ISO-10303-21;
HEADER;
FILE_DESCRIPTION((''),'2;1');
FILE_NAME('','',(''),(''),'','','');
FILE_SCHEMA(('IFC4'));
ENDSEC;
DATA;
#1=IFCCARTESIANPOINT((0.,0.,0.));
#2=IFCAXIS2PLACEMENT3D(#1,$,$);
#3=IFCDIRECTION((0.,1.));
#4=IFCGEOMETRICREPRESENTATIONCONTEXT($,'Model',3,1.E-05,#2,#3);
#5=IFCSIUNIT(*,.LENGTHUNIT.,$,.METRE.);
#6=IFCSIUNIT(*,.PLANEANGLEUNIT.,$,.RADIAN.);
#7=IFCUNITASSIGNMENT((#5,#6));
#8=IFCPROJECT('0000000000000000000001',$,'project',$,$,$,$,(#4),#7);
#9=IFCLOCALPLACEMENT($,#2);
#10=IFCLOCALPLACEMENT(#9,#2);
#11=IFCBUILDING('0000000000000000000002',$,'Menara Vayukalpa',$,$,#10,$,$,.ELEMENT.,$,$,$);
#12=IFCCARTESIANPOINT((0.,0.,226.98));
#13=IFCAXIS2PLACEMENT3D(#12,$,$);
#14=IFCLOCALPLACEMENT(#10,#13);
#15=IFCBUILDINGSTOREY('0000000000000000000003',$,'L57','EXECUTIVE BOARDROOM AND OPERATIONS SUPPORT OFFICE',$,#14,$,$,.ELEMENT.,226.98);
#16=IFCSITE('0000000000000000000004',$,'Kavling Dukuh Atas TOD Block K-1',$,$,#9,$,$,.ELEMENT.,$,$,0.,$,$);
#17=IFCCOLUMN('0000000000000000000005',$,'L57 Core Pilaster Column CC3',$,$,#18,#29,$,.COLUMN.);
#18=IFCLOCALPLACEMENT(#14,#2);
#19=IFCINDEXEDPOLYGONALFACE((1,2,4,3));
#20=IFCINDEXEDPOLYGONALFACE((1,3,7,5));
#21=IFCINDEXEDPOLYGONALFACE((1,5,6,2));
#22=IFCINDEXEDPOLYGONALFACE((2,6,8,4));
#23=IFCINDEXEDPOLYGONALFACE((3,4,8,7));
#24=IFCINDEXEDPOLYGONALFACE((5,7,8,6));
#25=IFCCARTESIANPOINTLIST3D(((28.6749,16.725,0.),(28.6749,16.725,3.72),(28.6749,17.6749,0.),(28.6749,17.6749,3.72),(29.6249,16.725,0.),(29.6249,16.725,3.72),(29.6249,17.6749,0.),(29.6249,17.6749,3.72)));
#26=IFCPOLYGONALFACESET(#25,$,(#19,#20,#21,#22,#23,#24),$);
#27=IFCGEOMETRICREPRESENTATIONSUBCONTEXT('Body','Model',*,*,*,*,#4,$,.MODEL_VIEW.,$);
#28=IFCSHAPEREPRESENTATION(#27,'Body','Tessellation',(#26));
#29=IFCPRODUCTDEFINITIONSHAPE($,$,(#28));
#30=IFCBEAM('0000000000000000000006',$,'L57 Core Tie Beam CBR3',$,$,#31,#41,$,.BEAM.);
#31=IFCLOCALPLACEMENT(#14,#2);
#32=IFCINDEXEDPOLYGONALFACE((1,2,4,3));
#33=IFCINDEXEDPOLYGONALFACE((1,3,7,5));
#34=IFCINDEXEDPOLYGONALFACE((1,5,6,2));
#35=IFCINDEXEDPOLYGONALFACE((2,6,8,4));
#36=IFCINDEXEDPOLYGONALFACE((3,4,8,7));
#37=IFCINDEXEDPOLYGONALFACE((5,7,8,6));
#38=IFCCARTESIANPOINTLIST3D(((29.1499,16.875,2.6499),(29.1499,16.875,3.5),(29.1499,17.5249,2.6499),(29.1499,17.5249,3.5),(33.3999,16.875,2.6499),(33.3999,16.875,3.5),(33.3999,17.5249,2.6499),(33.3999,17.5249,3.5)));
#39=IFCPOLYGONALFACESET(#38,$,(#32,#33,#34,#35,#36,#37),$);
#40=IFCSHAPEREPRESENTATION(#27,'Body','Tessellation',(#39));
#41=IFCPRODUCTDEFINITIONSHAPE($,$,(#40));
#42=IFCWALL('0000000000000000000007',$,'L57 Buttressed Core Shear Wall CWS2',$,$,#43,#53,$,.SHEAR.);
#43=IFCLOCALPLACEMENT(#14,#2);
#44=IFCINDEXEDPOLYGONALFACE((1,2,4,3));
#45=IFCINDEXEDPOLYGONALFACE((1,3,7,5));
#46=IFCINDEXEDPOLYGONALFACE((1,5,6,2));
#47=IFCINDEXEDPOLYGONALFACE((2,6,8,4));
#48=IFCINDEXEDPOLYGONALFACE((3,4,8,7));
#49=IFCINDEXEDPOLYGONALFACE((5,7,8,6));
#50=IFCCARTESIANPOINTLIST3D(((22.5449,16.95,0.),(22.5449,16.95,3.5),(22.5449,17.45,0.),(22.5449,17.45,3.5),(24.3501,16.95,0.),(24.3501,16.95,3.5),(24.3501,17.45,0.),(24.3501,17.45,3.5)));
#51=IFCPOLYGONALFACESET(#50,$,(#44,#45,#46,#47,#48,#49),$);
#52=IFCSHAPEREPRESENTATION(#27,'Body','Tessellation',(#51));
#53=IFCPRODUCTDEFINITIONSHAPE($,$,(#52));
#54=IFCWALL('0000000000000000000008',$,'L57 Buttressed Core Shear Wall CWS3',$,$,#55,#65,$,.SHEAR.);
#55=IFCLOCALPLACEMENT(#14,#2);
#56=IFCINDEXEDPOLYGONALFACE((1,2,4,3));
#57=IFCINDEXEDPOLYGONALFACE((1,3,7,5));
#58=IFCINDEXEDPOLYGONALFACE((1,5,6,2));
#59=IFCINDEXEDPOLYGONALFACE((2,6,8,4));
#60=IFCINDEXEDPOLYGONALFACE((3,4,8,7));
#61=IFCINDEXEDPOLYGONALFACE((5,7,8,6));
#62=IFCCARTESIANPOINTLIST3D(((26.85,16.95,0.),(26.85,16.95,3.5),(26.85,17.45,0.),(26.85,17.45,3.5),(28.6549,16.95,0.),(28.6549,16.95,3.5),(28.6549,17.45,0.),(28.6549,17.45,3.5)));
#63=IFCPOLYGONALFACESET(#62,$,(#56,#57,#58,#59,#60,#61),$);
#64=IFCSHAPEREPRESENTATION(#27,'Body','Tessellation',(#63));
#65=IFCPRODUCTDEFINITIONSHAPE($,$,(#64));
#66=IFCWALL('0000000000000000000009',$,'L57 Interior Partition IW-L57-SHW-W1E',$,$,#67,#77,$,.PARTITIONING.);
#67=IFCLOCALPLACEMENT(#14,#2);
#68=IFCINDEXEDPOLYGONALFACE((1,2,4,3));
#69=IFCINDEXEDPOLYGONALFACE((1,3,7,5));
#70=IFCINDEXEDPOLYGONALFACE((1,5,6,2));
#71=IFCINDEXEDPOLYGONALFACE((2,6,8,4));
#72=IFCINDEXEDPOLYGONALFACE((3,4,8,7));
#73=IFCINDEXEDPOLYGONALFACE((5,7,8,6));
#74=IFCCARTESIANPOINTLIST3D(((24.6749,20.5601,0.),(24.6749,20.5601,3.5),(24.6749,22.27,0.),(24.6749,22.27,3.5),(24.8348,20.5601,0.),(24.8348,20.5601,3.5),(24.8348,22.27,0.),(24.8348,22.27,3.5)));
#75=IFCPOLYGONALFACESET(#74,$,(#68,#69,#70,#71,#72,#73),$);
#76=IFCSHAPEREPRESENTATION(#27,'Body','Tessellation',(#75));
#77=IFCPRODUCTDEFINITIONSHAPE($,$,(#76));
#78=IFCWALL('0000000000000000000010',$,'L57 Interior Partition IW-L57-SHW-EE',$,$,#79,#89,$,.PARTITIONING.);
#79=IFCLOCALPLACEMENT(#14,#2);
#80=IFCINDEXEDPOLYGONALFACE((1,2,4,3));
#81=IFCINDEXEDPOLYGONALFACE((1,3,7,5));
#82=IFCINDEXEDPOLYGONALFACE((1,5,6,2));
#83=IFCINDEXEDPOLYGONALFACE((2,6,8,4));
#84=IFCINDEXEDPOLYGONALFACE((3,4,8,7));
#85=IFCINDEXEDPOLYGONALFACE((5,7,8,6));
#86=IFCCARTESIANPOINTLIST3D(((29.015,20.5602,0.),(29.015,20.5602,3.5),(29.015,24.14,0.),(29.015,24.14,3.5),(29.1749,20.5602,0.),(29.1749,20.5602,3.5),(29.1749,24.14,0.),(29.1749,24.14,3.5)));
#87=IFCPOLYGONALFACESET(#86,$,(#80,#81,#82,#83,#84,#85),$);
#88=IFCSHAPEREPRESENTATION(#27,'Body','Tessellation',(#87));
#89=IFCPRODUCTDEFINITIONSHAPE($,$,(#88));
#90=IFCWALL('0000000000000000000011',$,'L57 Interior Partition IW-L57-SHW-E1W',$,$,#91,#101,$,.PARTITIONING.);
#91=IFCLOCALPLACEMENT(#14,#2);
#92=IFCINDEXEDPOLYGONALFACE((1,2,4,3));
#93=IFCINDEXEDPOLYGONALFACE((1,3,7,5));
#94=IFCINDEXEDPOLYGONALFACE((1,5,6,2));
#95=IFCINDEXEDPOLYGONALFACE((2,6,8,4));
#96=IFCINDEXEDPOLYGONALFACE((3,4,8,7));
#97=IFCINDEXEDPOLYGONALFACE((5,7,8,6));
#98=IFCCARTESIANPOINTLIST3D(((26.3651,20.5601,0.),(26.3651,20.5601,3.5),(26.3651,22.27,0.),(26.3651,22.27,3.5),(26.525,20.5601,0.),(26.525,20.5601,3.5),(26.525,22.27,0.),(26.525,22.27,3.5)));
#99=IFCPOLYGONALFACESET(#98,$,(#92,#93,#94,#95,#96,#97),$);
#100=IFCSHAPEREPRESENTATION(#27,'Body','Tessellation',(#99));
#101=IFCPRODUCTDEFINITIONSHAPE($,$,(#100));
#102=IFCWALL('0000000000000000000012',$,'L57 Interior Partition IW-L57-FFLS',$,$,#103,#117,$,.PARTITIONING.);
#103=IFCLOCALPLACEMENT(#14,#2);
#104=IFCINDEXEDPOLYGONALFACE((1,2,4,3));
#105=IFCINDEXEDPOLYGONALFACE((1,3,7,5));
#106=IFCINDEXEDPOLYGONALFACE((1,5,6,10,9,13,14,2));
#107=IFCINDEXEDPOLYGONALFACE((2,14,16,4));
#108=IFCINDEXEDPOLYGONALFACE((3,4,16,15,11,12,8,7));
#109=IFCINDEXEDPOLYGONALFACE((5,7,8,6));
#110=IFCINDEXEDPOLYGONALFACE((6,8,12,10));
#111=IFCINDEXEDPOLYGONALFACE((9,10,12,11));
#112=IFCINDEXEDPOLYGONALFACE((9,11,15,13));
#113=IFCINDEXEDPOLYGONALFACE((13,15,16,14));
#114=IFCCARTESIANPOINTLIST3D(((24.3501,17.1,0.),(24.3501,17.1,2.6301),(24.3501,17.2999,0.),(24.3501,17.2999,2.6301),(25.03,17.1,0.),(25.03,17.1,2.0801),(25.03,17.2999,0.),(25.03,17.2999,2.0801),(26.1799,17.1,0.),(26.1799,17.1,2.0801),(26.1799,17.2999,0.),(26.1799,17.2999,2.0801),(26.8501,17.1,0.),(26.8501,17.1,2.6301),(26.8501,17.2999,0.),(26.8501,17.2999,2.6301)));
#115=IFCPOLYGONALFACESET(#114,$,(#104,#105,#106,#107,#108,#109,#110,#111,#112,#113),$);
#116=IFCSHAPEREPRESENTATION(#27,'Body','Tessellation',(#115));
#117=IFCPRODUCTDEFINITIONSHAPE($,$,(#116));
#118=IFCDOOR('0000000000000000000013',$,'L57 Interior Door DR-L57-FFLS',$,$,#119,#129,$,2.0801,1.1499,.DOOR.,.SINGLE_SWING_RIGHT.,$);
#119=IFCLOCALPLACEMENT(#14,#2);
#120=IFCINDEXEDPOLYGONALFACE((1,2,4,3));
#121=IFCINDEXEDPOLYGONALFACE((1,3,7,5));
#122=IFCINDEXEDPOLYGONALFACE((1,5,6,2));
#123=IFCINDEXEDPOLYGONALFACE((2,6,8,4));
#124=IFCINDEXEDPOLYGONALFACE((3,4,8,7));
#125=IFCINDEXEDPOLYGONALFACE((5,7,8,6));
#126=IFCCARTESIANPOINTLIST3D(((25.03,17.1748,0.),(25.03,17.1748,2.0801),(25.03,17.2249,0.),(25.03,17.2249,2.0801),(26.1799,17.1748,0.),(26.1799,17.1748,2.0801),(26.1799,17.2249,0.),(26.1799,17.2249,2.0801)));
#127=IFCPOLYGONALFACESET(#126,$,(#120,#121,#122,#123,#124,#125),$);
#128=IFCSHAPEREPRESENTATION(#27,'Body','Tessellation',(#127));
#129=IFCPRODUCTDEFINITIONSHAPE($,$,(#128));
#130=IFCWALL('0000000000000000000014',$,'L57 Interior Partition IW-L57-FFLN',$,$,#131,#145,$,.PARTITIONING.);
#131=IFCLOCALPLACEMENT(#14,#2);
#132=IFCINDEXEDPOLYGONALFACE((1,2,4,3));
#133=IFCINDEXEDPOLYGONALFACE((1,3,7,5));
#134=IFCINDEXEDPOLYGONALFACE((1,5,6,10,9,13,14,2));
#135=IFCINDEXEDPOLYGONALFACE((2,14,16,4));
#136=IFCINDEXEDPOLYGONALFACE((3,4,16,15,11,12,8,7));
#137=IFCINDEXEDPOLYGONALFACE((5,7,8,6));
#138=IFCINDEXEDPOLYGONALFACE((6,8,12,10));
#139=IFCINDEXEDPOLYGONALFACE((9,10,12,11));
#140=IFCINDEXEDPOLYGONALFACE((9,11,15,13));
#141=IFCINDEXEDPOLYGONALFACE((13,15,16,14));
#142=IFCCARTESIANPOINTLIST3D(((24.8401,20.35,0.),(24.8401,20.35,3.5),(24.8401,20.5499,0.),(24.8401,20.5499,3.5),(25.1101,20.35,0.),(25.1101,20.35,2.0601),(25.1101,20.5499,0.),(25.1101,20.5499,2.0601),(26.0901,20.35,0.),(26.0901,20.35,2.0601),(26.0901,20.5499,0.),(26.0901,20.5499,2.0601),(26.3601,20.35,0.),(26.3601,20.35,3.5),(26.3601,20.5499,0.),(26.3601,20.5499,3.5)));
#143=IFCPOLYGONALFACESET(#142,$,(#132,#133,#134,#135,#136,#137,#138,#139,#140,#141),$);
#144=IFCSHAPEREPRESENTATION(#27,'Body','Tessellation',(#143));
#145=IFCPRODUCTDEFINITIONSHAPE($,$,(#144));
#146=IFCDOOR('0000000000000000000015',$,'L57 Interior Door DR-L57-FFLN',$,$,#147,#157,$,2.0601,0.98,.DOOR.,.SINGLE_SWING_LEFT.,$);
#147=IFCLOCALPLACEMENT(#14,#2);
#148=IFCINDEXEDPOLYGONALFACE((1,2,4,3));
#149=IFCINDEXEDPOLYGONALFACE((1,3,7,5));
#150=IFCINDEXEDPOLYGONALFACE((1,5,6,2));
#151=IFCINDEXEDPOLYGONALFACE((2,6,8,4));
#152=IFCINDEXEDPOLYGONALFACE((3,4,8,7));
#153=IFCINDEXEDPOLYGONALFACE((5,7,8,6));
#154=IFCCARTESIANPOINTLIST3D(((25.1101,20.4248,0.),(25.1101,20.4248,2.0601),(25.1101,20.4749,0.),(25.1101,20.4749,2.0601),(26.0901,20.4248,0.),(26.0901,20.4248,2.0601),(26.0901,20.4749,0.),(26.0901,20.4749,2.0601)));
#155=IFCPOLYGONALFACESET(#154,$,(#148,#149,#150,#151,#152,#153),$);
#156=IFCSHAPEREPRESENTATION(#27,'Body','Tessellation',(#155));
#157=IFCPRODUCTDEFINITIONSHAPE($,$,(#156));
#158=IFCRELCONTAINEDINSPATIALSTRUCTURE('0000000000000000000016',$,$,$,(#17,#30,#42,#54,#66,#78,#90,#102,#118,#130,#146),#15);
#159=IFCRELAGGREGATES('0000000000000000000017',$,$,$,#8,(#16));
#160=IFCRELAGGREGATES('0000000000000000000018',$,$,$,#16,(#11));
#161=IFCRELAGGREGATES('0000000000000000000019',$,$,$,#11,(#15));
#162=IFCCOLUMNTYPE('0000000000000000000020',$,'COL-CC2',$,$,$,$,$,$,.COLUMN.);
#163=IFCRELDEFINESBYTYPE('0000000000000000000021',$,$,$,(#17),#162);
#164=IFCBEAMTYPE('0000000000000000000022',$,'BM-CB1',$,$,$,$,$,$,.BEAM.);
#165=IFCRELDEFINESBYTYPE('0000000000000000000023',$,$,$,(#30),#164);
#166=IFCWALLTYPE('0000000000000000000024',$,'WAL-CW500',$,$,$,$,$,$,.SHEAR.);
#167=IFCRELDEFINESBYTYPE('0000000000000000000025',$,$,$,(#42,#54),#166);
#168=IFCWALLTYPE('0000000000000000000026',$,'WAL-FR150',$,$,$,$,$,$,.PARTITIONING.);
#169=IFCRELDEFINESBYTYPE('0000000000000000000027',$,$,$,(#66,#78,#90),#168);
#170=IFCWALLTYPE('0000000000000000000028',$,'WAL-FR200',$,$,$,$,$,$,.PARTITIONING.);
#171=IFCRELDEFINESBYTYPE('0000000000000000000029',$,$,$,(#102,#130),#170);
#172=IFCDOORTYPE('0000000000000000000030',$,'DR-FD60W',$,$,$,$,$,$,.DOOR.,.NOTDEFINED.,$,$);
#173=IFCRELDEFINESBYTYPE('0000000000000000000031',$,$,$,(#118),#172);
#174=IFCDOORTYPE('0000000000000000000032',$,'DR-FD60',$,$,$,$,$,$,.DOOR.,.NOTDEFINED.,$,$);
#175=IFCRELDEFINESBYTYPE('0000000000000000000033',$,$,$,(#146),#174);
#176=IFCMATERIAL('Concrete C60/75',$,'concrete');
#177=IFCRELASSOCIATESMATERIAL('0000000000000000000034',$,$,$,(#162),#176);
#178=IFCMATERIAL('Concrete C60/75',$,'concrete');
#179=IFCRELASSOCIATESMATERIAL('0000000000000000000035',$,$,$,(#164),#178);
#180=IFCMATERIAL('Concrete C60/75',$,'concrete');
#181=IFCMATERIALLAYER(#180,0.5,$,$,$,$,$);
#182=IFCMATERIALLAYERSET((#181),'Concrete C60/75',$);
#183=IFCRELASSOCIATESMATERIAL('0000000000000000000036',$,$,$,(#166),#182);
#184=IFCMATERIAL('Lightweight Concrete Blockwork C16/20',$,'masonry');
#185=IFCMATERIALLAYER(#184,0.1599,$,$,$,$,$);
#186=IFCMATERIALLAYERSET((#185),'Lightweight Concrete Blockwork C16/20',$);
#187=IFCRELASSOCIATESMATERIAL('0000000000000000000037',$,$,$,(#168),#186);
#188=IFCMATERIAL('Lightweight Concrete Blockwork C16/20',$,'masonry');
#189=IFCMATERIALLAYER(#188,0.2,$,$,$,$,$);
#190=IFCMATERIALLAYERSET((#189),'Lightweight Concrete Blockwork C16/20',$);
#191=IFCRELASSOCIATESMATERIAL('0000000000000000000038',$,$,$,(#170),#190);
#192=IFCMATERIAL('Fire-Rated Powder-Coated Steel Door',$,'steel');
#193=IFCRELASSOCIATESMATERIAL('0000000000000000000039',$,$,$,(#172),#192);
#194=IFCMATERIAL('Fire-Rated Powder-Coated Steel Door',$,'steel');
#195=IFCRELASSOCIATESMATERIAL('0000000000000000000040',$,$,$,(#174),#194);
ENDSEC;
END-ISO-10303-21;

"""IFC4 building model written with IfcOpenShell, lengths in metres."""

from ifc_helpers import new_model, si_unit, direction, frame, frame_2d, origin, origin_2d, place, context, subcontext, project, spatial, rectangle, extrude, material, layer, layer_set, material_profile, profile_set, type_object, element, fill, save


model = new_model("IFC4")

# Units and contexts
model_context = context("Model", 3, precision=1e-05, world=origin(), true_north=direction((0.0, 1.0)))
body_context = subcontext(model_context, "Body", "Model", "MODEL_VIEW")
ifc_project = project(units=[si_unit("LENGTHUNIT", "METRE"), si_unit("PLANEANGLEUNIT", "RADIAN")], contexts=[model_context])

# Site, building, storey
site_placement = place(None, origin())
site = spatial("IfcSite", under=ifc_project, at=site_placement, Name="Kavling Dukuh Atas TOD Block K-1", CompositionType="ELEMENT", RefElevation=0.0)
building_placement = place(site_placement, origin())
building = spatial("IfcBuilding", under=site, at=building_placement, Name="Menara Vayukalpa", CompositionType="ELEMENT")
storey_placement = place(building_placement, frame((0.0, 0.0, 226.98)))
storey = spatial("IfcBuildingStorey", under=building, at=storey_placement, Name="L57", Description="EXECUTIVE BOARDROOM AND OPERATIONS SUPPORT OFFICE", CompositionType="ELEMENT", Elevation=226.98)

# Column
ifc_material_1 = material(Name="Concrete C60/75", Category="concrete")
ifc_material_profile_1 = material_profile(ifc_material_1, rectangle(XDim=0.95, YDim=0.95, at=origin_2d()), Name="RC 950x950")
ifc_profile_set_1 = profile_set([ifc_material_profile_1], Name="Concrete C60/75")
column_type = type_object("IfcColumnType", Name="COL-CC2", PredefinedType="COLUMN", material=ifc_profile_set_1)
column_placement = place(storey_placement, frame((29.1499, 17.2, 0.0), z_axis=(0.0, 0.0, 1.0), x_axis=(1.0, 0.0, 0.0)))
element("IfcColumn", 1, at=column_placement, inside=storey, type_object=column_type, Name="L57 Core Pilaster Column CC3", PredefinedType="COLUMN", context=body_context, shape_type="SweptSolid", body=[
    extrude(rectangle(XDim=0.95, YDim=0.95, at=origin_2d()), origin(), (0.0, 0.0, 1.0), 3.72),
])

# Beam
ifc_material_2 = material(Name="Concrete C60/75", Category="concrete")
ifc_material_profile_2 = material_profile(ifc_material_2, rectangle(XDim=0.6499, YDim=0.8501, at=origin_2d()), Name="RC 650x850")
ifc_profile_set_2 = profile_set([ifc_material_profile_2], Name="Concrete C60/75")
beam_type = type_object("IfcBeamType", Name="BM-CB1", PredefinedType="BEAM", material=ifc_profile_set_2)
beam_placement = place(storey_placement, frame((29.1499, 17.2, 3.075), z_axis=(1.0, 0.0, 0.0), x_axis=(0.0, 1.0, 0.0)))
element("IfcBeam", 2, at=beam_placement, inside=storey, type_object=beam_type, Name="L57 Core Tie Beam CBR3", PredefinedType="BEAM", context=body_context, shape_type="SweptSolid", body=[
    extrude(rectangle(XDim=0.6499, YDim=0.8501, at=origin_2d()), origin(), (0.0, 0.0, 1.0), 4.25),
])

# Walls
ifc_material_3 = material(Name="Concrete C60/75", Category="concrete")
ifc_layer_1 = layer(ifc_material_3, 0.5)
ifc_layer_set_1 = layer_set([ifc_layer_1], Name="Concrete C60/75")
wall_type_1 = type_object("IfcWallType", Name="WAL-CW500", PredefinedType="SHEAR", material=ifc_layer_set_1)
wall_1_placement = place(storey_placement, frame((22.5449, 17.2, 0.0), z_axis=(0.0, 0.0, 1.0), x_axis=(1.0, 0.0, 0.0)))
element("IfcWall", 3, at=wall_1_placement, inside=storey, type_object=wall_type_1, Name="L57 Buttressed Core Shear Wall CWS2", PredefinedType="SHEAR", context=body_context, shape_type="SweptSolid", body=[
    extrude(rectangle(XDim=1.8052, YDim=0.5, at=frame_2d((0.9026, 0.0))), origin(), (0.0, 0.0, 1.0), 3.5),
])
wall_2_placement = place(storey_placement, frame((26.8501, 17.2, 0.0), z_axis=(0.0, 0.0, 1.0), x_axis=(1.0, 0.0, 0.0)))
element("IfcWall", 4, at=wall_2_placement, inside=storey, type_object=wall_type_1, Name="L57 Buttressed Core Shear Wall CWS3", PredefinedType="SHEAR", context=body_context, shape_type="SweptSolid", body=[
    extrude(rectangle(XDim=1.8049, YDim=0.5, at=frame_2d((0.9023, 0.0))), origin(), (0.0, 0.0, 1.0), 3.5),
])
ifc_material_4 = material(Name="Lightweight Concrete Blockwork C16/20", Category="masonry")
ifc_layer_2 = layer(ifc_material_4, 0.1599)
ifc_layer_set_2 = layer_set([ifc_layer_2], Name="Lightweight Concrete Blockwork C16/20")
wall_type_2 = type_object("IfcWallType", Name="WAL-FR150", PredefinedType="PARTITIONING", material=ifc_layer_set_2)
wall_3_placement = place(storey_placement, frame((24.7549, 20.5601, 0.0), z_axis=(0.0, 0.0, 1.0), x_axis=(0.0, 1.0, 0.0)))
element("IfcWall", 5, at=wall_3_placement, inside=storey, type_object=wall_type_2, Name="L57 Interior Partition IW-L57-SHW-W1E", PredefinedType="PARTITIONING", context=body_context, shape_type="SweptSolid", body=[
    extrude(rectangle(XDim=1.71, YDim=0.1599, at=frame_2d((0.855, 0.0))), origin(), (0.0, 0.0, 1.0), 3.5),
])
wall_4_placement = place(storey_placement, frame((29.095, 20.5601, 0.0), z_axis=(0.0, 0.0, 1.0), x_axis=(0.0, 1.0, 0.0)))
element("IfcWall", 6, at=wall_4_placement, inside=storey, type_object=wall_type_2, Name="L57 Interior Partition IW-L57-SHW-EE", PredefinedType="PARTITIONING", context=body_context, shape_type="SweptSolid", body=[
    extrude(rectangle(XDim=3.5798, YDim=0.1599, at=frame_2d((1.79, 0.0))), origin(), (0.0, 0.0, 1.0), 3.5),
])
wall_5_placement = place(storey_placement, frame((26.4451, 20.5601, 0.0), z_axis=(0.0, 0.0, 1.0), x_axis=(0.0, 1.0, 0.0)))
element("IfcWall", 7, at=wall_5_placement, inside=storey, type_object=wall_type_2, Name="L57 Interior Partition IW-L57-SHW-E1W", PredefinedType="PARTITIONING", context=body_context, shape_type="SweptSolid", body=[
    extrude(rectangle(XDim=1.71, YDim=0.1599, at=frame_2d((0.855, 0.0))), origin(), (0.0, 0.0, 1.0), 3.5),
])

# Walls, openings, doors
ifc_material_5 = material(Name="Lightweight Concrete Blockwork C16/20", Category="masonry")
ifc_layer_3 = layer(ifc_material_5, 0.2)
ifc_layer_set_3 = layer_set([ifc_layer_3], Name="Lightweight Concrete Blockwork C16/20")
wall_type_3 = type_object("IfcWallType", Name="WAL-FR200", PredefinedType="PARTITIONING", material=ifc_layer_set_3)
wall_6_placement = place(storey_placement, frame((24.3501, 17.2, 0.0), z_axis=(0.0, 0.0, 1.0), x_axis=(1.0, 0.0, 0.0)))
wall_6 = element("IfcWall", 8, at=wall_6_placement, inside=storey, type_object=wall_type_3, Name="L57 Interior Partition IW-L57-FFLS", PredefinedType="PARTITIONING", context=body_context, shape_type="SweptSolid", body=[
    extrude(rectangle(XDim=2.5, YDim=0.2, at=frame_2d((1.25, 0.0))), origin(), (0.0, 0.0, 1.0), 2.6301),
])
opening_1_placement = place(wall_6_placement, frame((0.6799, 0.0, 0.0)))
opening_1 = element("IfcOpeningElement", 9, at=opening_1_placement, cuts=wall_6, PredefinedType="OPENING", context=body_context, shape_type="SweptSolid", body=[
    extrude(rectangle(XDim=1.1499, YDim=2.0801, at=frame_2d((0.575, 1.04))), frame((0.0, 0.1099, 0.0), z_axis=(0.0, -1.0, 0.0), x_axis=(1.0, 0.0, 0.0)), (0.0, 0.0, 1.0), 0.22),
])
ifc_material_6 = material(Name="Fire-Rated Powder-Coated Steel Door", Category="steel")
door_type_1 = type_object("IfcDoorType", Name="DR-FD60W", OperationType="NOTDEFINED", PredefinedType="DOOR", material=ifc_material_6)
door_1_placement = place(opening_1_placement, origin())
door_1 = element("IfcDoor", 10, at=door_1_placement, inside=storey, type_object=door_type_1, Name="L57 Interior Door DR-L57-FFLS", OperationType="SINGLE_SWING_RIGHT", OverallHeight=2.0801, OverallWidth=1.1499, PredefinedType="DOOR", context=body_context, shape_type="SweptSolid", body=[
    extrude(rectangle(XDim=1.1499, YDim=2.0801, at=frame_2d((0.575, 1.04))), frame((0.0, 0.0249, 0.0), z_axis=(0.0, -1.0, 0.0), x_axis=(1.0, 0.0, 0.0)), (0.0, 0.0, 1.0), 0.05),
])
fill(opening_1, door_1)
wall_7_placement = place(storey_placement, frame((24.8401, 20.45, 0.0), z_axis=(0.0, 0.0, 1.0), x_axis=(1.0, 0.0, 0.0)))
wall_7 = element("IfcWall", 11, at=wall_7_placement, inside=storey, type_object=wall_type_3, Name="L57 Interior Partition IW-L57-FFLN", PredefinedType="PARTITIONING", context=body_context, shape_type="SweptSolid", body=[
    extrude(rectangle(XDim=1.52, YDim=0.2, at=frame_2d((0.76, 0.0))), origin(), (0.0, 0.0, 1.0), 3.5),
])
opening_2_placement = place(wall_7_placement, frame((0.27, 0.0, 0.0)))
opening_2 = element("IfcOpeningElement", 12, at=opening_2_placement, cuts=wall_7, PredefinedType="OPENING", context=body_context, shape_type="SweptSolid", body=[
    extrude(rectangle(XDim=0.98, YDim=2.0601, at=frame_2d((0.49, 1.03))), frame((0.0, 0.1099, 0.0), z_axis=(0.0, -1.0, 0.0), x_axis=(1.0, 0.0, 0.0)), (0.0, 0.0, 1.0), 0.22),
])
ifc_material_7 = material(Name="Fire-Rated Powder-Coated Steel Door", Category="steel")
door_type_2 = type_object("IfcDoorType", Name="DR-FD60", OperationType="NOTDEFINED", PredefinedType="DOOR", material=ifc_material_7)
door_2_placement = place(opening_2_placement, origin())
door_2 = element("IfcDoor", 13, at=door_2_placement, inside=storey, type_object=door_type_2, Name="L57 Interior Door DR-L57-FFLN", OperationType="SINGLE_SWING_LEFT", OverallHeight=2.0601, OverallWidth=0.98, PredefinedType="DOOR", context=body_context, shape_type="SweptSolid", body=[
    extrude(rectangle(XDim=0.98, YDim=2.0601, at=frame_2d((0.49, 1.03))), frame((0.0, 0.0249, 0.0), z_axis=(0.0, -1.0, 0.0), x_axis=(1.0, 0.0, 0.0)), (0.0, 0.0, 1.0), 0.05),
])
fill(opening_2, door_2)

save(model, "model.ifc")
